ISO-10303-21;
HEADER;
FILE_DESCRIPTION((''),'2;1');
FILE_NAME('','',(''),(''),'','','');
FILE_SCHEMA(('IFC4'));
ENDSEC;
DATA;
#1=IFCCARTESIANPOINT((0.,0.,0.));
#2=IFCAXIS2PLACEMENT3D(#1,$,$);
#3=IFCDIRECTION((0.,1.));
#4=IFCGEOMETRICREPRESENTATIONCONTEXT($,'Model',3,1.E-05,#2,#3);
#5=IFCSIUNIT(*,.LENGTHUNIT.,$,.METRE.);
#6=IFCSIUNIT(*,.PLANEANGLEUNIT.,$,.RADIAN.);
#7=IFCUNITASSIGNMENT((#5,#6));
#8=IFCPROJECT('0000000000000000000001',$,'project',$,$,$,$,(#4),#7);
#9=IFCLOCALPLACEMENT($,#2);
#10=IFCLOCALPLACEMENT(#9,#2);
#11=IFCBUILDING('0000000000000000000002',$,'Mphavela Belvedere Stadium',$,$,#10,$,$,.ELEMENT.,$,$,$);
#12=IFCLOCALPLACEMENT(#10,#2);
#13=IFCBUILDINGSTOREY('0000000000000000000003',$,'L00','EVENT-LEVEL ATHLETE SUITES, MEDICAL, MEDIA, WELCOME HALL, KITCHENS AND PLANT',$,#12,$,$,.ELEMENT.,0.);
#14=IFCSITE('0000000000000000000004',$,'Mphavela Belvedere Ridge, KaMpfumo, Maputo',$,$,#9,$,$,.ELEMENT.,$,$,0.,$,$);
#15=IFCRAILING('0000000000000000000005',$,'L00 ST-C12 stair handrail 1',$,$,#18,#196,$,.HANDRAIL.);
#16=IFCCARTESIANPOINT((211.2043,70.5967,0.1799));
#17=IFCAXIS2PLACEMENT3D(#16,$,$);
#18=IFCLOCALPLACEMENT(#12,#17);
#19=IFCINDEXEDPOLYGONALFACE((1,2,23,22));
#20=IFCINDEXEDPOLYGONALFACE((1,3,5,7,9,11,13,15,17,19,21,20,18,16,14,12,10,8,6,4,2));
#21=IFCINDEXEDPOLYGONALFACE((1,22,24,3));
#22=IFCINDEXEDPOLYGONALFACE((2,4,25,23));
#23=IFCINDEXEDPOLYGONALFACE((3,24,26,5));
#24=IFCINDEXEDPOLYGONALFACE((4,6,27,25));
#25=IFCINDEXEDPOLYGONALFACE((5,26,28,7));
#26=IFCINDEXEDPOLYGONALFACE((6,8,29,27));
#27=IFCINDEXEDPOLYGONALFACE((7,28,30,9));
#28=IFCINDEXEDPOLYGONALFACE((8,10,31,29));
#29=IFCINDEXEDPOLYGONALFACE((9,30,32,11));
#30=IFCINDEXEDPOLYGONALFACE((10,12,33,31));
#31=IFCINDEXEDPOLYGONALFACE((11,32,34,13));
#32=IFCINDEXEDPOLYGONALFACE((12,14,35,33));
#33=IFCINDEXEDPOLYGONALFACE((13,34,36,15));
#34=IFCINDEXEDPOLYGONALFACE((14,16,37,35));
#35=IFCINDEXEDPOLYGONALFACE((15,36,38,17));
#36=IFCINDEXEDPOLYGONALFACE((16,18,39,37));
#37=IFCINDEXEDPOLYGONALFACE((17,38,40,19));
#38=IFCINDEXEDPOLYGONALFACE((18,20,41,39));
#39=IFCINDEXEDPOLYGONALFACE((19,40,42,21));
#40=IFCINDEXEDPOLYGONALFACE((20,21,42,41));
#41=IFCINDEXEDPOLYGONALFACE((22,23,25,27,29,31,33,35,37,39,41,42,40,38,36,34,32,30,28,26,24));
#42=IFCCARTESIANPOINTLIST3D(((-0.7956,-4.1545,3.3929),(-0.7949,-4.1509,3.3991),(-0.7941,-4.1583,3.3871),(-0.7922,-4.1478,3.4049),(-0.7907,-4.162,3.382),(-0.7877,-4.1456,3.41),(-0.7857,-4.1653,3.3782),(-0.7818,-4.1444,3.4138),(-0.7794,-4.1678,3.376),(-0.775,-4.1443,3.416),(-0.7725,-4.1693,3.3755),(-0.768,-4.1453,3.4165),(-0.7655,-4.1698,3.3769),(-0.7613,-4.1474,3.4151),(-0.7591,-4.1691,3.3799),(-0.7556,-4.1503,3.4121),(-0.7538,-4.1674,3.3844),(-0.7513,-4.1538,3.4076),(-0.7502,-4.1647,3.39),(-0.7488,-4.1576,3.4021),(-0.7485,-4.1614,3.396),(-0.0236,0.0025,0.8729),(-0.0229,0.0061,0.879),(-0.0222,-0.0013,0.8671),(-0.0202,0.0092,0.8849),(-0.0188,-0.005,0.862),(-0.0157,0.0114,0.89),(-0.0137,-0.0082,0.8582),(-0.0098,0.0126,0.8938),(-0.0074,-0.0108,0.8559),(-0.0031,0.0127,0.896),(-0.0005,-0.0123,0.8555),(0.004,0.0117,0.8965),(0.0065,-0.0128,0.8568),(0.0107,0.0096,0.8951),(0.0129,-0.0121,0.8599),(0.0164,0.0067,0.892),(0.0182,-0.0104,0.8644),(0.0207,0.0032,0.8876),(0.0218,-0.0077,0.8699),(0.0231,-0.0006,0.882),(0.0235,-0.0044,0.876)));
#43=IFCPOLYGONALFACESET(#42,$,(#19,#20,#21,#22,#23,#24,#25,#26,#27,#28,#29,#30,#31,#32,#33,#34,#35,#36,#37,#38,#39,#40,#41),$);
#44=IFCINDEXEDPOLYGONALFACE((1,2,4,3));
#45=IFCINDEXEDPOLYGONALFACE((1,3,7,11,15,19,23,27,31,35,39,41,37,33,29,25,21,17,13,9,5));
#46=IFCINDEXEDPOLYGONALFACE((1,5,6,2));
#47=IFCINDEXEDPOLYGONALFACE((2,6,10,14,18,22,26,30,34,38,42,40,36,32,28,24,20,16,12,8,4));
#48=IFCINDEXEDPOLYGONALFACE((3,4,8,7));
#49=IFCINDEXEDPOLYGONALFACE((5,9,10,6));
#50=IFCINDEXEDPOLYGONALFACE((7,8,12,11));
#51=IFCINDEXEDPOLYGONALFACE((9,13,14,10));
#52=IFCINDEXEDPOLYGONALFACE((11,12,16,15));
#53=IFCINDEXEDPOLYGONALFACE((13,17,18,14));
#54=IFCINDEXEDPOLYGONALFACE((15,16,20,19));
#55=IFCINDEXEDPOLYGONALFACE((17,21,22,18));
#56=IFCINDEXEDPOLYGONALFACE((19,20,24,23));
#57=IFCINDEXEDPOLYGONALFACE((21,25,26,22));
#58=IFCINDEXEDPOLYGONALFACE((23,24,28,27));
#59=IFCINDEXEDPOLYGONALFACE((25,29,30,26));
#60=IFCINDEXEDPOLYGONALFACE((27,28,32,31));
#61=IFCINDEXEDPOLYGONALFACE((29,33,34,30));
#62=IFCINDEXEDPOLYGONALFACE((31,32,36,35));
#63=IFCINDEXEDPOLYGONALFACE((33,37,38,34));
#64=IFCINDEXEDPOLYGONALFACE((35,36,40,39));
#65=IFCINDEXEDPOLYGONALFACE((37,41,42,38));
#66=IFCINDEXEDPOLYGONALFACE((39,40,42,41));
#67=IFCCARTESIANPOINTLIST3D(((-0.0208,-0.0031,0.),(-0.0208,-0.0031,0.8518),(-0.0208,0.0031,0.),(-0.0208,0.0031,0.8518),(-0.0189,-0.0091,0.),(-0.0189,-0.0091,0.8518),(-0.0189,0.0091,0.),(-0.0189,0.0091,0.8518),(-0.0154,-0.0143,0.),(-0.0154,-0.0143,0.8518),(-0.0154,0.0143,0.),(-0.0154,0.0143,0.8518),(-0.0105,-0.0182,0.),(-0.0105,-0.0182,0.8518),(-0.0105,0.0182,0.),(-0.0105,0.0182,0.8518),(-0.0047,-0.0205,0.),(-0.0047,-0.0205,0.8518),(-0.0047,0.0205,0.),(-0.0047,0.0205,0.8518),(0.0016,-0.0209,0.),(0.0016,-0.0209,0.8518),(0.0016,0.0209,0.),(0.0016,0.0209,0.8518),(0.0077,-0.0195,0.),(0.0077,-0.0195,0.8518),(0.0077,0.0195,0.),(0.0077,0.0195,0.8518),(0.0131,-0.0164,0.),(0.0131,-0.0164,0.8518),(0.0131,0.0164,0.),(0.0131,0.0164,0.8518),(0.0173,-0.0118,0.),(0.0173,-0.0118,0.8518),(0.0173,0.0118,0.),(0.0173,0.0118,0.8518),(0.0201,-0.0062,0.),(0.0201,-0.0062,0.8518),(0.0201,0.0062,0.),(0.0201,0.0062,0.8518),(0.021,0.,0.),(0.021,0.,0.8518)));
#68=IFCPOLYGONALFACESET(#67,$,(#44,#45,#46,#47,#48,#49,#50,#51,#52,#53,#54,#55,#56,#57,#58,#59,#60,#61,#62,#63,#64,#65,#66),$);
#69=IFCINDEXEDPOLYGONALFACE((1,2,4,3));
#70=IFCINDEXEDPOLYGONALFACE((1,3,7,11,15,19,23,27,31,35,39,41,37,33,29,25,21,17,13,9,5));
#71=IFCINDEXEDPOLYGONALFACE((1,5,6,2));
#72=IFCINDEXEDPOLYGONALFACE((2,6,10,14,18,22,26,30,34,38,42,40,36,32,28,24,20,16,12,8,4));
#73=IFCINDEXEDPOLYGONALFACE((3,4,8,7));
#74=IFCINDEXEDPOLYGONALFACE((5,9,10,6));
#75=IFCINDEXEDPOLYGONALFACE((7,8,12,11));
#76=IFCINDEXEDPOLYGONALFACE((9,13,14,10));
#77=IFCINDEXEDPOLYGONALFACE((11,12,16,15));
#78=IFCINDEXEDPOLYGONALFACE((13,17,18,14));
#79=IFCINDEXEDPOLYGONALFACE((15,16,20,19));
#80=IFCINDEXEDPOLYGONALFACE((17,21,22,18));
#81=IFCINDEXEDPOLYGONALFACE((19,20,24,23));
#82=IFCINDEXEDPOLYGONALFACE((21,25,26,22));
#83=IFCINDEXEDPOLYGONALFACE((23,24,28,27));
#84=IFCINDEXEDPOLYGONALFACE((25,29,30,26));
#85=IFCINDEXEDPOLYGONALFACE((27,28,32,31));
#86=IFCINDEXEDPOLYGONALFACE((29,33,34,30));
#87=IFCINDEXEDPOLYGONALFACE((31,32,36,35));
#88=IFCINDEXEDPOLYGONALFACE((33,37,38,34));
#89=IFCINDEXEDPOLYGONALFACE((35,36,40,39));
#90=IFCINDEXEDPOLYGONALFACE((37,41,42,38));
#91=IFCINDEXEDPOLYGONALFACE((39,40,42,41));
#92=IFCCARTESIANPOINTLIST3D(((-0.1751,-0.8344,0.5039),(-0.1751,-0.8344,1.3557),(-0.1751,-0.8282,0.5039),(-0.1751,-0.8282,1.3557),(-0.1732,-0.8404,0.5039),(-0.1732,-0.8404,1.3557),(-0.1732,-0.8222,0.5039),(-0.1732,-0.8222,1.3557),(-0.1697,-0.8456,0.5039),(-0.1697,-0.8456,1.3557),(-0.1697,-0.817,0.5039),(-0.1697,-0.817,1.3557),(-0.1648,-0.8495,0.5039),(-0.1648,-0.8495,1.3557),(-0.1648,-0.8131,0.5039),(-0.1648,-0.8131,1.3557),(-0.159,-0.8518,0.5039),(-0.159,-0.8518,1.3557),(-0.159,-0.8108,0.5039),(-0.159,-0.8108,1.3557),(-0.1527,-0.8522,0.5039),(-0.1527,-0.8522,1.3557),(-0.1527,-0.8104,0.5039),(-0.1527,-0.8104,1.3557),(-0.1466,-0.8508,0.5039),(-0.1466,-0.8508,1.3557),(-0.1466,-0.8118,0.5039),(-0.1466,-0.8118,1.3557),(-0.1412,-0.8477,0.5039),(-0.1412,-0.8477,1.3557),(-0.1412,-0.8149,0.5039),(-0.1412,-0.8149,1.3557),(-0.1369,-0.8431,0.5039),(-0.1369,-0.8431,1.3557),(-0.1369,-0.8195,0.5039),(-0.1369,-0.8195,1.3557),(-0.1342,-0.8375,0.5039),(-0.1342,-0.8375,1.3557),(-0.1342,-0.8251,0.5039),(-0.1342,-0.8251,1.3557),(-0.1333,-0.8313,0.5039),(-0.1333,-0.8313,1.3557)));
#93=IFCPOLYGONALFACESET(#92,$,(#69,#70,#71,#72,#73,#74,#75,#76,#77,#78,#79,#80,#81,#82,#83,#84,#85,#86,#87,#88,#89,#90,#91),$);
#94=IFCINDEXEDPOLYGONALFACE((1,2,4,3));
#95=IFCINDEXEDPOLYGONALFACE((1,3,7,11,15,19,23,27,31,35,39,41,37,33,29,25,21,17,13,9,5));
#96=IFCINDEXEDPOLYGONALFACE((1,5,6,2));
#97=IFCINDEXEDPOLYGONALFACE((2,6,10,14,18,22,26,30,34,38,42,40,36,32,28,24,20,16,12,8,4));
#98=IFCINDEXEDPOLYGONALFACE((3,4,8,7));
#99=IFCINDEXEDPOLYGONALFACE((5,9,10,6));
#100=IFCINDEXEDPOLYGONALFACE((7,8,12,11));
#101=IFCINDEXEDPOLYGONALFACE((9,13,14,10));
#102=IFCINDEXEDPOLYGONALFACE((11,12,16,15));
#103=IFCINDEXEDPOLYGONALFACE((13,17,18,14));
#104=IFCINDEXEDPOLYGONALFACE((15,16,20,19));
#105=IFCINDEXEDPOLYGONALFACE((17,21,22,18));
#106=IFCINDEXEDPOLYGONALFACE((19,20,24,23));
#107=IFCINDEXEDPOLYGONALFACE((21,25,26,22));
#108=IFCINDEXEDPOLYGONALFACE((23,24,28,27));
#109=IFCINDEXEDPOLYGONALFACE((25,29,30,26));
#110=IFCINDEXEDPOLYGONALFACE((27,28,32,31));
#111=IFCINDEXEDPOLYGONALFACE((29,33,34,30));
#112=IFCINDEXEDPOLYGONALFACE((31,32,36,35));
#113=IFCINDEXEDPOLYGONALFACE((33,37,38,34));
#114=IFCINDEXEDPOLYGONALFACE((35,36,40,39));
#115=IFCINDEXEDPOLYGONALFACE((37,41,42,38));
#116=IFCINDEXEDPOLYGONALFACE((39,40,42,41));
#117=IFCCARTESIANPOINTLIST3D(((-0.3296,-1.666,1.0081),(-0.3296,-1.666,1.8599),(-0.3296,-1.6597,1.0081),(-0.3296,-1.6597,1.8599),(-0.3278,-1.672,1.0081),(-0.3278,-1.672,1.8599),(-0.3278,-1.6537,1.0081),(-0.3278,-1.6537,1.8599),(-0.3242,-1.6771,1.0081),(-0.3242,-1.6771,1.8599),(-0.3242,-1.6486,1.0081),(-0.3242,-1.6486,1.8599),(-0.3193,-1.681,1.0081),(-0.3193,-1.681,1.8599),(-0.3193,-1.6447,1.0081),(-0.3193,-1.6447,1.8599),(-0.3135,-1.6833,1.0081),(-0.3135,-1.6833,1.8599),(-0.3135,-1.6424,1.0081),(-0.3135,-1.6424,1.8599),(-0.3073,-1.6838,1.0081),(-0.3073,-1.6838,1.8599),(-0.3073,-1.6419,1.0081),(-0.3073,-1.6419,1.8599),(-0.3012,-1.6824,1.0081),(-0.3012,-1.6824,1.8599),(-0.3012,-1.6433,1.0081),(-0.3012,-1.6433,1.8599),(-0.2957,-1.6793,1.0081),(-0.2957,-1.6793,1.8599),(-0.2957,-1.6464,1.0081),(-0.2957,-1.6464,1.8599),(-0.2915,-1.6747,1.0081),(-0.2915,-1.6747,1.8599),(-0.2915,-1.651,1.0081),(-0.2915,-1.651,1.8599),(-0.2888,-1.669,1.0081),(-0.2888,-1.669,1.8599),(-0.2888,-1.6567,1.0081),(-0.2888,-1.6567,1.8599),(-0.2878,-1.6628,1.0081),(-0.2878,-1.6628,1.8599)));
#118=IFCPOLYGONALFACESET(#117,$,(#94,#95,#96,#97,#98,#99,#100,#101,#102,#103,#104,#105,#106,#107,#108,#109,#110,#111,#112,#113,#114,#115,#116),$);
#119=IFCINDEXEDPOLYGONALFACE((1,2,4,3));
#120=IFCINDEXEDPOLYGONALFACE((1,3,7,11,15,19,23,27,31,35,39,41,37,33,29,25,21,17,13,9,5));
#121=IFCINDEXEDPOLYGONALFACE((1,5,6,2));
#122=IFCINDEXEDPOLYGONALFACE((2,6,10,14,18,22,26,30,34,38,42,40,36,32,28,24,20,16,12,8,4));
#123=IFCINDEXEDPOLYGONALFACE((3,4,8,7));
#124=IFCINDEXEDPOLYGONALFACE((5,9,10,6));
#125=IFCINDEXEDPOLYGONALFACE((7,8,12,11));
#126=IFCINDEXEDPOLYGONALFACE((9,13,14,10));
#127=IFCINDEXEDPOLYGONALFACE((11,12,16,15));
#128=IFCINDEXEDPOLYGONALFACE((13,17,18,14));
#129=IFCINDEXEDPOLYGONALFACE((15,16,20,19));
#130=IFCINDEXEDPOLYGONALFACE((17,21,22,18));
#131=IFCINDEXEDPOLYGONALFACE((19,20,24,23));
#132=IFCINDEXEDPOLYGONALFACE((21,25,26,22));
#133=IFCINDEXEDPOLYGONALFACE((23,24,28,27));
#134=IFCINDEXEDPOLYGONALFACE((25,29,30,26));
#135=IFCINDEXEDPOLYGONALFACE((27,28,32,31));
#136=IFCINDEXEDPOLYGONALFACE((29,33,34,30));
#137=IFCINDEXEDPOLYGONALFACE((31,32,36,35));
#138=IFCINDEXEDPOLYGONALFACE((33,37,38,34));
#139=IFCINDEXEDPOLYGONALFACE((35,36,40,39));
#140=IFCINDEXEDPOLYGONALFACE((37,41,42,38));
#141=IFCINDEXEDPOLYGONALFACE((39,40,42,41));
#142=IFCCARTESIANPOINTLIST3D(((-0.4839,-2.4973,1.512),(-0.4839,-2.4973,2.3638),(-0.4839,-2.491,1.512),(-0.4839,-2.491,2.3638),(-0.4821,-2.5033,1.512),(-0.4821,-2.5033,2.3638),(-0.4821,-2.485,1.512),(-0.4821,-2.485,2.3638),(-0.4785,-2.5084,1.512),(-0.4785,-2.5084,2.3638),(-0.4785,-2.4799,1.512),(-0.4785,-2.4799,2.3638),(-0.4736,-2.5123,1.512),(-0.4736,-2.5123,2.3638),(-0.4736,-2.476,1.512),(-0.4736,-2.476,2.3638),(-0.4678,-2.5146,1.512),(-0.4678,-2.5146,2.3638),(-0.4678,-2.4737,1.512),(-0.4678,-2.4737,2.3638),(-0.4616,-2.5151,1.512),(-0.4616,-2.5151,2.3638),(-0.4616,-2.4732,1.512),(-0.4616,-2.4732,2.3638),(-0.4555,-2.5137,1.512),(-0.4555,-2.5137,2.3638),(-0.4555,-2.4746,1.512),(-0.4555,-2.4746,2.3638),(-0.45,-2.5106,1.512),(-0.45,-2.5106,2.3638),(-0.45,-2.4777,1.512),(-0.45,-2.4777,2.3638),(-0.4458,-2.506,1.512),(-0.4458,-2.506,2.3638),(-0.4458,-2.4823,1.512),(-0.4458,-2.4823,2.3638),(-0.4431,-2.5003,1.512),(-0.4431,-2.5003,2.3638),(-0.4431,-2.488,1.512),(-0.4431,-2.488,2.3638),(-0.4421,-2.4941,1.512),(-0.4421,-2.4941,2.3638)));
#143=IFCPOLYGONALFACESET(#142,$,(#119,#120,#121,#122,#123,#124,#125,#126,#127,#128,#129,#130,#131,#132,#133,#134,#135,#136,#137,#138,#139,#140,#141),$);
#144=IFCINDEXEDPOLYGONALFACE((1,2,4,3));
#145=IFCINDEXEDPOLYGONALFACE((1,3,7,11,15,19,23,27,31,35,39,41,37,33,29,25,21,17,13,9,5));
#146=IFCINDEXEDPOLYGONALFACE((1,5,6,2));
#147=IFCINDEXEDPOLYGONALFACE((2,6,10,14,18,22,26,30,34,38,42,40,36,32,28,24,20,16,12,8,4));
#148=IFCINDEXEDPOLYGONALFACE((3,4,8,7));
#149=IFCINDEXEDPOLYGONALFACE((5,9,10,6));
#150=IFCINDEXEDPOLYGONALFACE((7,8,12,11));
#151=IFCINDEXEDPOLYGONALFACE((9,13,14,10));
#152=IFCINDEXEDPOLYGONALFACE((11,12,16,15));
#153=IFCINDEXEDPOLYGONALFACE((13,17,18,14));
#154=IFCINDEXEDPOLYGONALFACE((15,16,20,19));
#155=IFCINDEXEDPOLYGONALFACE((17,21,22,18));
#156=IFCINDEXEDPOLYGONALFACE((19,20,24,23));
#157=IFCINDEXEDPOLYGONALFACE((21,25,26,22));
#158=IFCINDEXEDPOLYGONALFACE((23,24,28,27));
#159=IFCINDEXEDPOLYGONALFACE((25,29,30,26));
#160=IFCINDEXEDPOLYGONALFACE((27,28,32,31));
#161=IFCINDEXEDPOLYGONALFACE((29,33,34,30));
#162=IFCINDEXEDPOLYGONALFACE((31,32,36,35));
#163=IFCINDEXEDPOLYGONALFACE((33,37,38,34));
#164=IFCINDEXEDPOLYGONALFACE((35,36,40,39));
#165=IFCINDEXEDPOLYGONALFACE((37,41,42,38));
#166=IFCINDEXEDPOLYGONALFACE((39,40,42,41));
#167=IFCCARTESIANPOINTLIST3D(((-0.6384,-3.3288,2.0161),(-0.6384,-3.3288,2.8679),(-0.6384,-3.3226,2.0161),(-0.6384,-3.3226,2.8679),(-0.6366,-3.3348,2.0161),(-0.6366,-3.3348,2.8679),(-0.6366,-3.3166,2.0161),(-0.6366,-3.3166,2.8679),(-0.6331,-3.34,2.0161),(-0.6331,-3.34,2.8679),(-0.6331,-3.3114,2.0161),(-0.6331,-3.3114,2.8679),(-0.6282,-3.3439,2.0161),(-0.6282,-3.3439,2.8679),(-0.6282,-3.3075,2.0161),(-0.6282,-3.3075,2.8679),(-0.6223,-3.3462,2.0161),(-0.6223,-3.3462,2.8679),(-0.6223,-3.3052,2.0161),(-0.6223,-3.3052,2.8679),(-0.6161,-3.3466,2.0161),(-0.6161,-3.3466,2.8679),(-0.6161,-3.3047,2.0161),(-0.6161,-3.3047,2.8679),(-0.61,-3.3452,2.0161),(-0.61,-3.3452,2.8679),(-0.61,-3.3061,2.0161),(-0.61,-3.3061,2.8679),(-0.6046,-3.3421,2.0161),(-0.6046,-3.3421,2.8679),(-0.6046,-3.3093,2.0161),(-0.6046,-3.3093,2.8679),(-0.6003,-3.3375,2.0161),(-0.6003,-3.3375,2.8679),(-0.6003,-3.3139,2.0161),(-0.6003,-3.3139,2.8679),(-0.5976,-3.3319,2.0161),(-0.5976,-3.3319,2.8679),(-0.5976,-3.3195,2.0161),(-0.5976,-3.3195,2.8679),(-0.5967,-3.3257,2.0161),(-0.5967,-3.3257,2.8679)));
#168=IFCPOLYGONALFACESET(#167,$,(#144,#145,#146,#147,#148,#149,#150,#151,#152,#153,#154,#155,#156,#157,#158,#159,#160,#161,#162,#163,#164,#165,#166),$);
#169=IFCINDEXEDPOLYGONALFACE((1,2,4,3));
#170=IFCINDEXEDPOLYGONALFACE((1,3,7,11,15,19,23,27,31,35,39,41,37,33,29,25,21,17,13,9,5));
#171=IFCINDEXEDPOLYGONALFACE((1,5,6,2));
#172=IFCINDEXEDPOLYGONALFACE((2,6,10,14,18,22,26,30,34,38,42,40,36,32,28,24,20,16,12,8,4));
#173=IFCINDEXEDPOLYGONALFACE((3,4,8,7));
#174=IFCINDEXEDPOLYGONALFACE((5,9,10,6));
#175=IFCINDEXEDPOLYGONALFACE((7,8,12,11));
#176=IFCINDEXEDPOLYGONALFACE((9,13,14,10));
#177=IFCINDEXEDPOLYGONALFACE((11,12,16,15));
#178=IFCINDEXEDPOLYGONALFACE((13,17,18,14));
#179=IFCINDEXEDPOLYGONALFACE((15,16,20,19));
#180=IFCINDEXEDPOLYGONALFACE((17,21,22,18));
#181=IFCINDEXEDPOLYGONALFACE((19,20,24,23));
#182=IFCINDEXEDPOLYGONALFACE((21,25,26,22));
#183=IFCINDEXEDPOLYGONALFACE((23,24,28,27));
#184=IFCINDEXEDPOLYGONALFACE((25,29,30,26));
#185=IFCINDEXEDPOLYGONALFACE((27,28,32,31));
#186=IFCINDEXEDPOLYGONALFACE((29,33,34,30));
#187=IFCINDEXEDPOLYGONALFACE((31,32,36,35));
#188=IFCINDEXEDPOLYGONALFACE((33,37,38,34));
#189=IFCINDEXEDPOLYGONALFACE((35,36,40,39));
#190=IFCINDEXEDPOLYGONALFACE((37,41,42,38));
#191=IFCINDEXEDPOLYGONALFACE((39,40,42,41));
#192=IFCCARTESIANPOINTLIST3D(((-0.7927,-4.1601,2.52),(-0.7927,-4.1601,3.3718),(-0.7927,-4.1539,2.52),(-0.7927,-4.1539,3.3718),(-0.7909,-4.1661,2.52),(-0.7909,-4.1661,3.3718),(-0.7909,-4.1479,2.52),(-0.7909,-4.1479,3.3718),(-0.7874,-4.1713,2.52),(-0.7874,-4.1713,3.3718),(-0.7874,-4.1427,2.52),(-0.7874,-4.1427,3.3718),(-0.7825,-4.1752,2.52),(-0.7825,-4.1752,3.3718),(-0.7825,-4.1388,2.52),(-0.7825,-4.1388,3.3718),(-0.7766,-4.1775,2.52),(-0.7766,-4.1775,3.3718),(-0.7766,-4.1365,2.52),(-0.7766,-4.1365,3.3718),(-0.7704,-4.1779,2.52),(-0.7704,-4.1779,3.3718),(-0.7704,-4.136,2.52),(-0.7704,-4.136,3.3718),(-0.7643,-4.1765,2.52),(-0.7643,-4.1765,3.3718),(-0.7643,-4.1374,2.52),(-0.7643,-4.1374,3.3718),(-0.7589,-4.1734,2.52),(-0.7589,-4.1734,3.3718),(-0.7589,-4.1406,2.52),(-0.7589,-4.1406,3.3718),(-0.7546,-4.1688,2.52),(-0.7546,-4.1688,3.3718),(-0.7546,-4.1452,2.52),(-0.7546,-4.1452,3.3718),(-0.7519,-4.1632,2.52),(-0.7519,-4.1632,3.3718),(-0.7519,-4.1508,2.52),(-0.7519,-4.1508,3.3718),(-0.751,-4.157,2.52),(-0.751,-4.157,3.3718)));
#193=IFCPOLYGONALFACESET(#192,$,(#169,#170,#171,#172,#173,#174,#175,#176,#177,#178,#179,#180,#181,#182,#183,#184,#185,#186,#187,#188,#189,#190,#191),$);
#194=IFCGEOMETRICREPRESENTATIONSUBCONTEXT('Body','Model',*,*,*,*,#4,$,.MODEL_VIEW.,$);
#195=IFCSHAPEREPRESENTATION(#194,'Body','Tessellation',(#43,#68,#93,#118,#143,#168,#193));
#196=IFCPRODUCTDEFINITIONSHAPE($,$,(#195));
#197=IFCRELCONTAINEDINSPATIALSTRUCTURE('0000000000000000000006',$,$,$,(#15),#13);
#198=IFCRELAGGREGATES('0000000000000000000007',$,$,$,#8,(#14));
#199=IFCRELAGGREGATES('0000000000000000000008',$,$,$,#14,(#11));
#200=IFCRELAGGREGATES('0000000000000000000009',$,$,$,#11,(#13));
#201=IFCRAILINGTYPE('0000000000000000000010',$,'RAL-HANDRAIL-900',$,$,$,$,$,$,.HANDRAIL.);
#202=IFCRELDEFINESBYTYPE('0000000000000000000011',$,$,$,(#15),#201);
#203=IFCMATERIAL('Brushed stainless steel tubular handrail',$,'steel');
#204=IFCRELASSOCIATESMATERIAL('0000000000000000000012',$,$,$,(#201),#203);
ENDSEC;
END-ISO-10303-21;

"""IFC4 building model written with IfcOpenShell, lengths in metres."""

from ifc_helpers import new_model, si_unit, direction, frame, origin, origin_2d, place, context, subcontext, project, spatial, circle, extrude, material, type_object, element, save


model = new_model("IFC4")

# Units and contexts
model_context = context("Model", 3, precision=1e-05, world=origin(), true_north=direction((0.0, 1.0)))
body_context = subcontext(model_context, "Body", "Model", "MODEL_VIEW")
ifc_project = project(units=[si_unit("LENGTHUNIT", "METRE"), si_unit("PLANEANGLEUNIT", "RADIAN")], contexts=[model_context])

# Site, building, storey
site_placement = place(None, origin())
site = spatial("IfcSite", under=ifc_project, at=site_placement, Name="Mphavela Belvedere Ridge, KaMpfumo, Maputo", CompositionType="ELEMENT", RefElevation=0.0)
building_placement = place(site_placement, origin())
building = spatial("IfcBuilding", under=site, at=building_placement, Name="Mphavela Belvedere Stadium", CompositionType="ELEMENT")
storey_placement = place(building_placement, origin())
storey = spatial("IfcBuildingStorey", under=building, at=storey_placement, Name="L00", Description="EVENT-LEVEL ATHLETE SUITES, MEDICAL, MEDIA, WELCOME HALL, KITCHENS AND PLANT", CompositionType="ELEMENT", Elevation=0.0)

# Railing
ifc_material_1 = material(Name="Brushed stainless steel tubular handrail", Category="steel")
railing_type_1 = type_object("IfcRailingType", Name="RAL-HANDRAIL-900", PredefinedType="HANDRAIL", material=ifc_material_1)
railing_1_placement = place(storey_placement, frame((211.2043, 70.5967, 0.1799)))
element("IfcRailing", 1, at=railing_1_placement, inside=storey, type_object=railing_type_1, Name="L00 ST-C12 stair handrail 1", PredefinedType="HANDRAIL", context=body_context, shape_type="SweptSolid", body=[
    extrude(circle(Radius=0.0239, at=origin_2d()), frame((0.0, 0.0, 0.876), z_axis=(-0.156838, -0.844557, 0.511982), x_axis=(0.98319, -0.182583, 0.0)), (0.0, 0.0, 1.0), 4.9221),
    extrude(circle(Radius=0.021, at=origin_2d()), origin(), (0.0, 0.0, 1.0), 0.8518),
    extrude(circle(Radius=0.021, at=origin_2d()), frame((-0.1543, -0.8313, 0.5039)), (0.0, 0.0, 1.0), 0.8518),
    extrude(circle(Radius=0.021, at=origin_2d()), frame((-0.3088, -1.6628, 1.0081)), (0.0, 0.0, 1.0), 0.8518),
    extrude(circle(Radius=0.021, at=origin_2d()), frame((-0.4631, -2.4941, 1.512)), (0.0, 0.0, 1.0), 0.8518),
    extrude(circle(Radius=0.021, at=origin_2d()), frame((-0.6177, -3.3257, 2.0161)), (0.0, 0.0, 1.0), 0.8518),
    extrude(circle(Radius=0.021, at=origin_2d()), frame((-0.772, -4.157, 2.52)), (0.0, 0.0, 1.0), 0.8518),
])

save(model, "model.ifc")
